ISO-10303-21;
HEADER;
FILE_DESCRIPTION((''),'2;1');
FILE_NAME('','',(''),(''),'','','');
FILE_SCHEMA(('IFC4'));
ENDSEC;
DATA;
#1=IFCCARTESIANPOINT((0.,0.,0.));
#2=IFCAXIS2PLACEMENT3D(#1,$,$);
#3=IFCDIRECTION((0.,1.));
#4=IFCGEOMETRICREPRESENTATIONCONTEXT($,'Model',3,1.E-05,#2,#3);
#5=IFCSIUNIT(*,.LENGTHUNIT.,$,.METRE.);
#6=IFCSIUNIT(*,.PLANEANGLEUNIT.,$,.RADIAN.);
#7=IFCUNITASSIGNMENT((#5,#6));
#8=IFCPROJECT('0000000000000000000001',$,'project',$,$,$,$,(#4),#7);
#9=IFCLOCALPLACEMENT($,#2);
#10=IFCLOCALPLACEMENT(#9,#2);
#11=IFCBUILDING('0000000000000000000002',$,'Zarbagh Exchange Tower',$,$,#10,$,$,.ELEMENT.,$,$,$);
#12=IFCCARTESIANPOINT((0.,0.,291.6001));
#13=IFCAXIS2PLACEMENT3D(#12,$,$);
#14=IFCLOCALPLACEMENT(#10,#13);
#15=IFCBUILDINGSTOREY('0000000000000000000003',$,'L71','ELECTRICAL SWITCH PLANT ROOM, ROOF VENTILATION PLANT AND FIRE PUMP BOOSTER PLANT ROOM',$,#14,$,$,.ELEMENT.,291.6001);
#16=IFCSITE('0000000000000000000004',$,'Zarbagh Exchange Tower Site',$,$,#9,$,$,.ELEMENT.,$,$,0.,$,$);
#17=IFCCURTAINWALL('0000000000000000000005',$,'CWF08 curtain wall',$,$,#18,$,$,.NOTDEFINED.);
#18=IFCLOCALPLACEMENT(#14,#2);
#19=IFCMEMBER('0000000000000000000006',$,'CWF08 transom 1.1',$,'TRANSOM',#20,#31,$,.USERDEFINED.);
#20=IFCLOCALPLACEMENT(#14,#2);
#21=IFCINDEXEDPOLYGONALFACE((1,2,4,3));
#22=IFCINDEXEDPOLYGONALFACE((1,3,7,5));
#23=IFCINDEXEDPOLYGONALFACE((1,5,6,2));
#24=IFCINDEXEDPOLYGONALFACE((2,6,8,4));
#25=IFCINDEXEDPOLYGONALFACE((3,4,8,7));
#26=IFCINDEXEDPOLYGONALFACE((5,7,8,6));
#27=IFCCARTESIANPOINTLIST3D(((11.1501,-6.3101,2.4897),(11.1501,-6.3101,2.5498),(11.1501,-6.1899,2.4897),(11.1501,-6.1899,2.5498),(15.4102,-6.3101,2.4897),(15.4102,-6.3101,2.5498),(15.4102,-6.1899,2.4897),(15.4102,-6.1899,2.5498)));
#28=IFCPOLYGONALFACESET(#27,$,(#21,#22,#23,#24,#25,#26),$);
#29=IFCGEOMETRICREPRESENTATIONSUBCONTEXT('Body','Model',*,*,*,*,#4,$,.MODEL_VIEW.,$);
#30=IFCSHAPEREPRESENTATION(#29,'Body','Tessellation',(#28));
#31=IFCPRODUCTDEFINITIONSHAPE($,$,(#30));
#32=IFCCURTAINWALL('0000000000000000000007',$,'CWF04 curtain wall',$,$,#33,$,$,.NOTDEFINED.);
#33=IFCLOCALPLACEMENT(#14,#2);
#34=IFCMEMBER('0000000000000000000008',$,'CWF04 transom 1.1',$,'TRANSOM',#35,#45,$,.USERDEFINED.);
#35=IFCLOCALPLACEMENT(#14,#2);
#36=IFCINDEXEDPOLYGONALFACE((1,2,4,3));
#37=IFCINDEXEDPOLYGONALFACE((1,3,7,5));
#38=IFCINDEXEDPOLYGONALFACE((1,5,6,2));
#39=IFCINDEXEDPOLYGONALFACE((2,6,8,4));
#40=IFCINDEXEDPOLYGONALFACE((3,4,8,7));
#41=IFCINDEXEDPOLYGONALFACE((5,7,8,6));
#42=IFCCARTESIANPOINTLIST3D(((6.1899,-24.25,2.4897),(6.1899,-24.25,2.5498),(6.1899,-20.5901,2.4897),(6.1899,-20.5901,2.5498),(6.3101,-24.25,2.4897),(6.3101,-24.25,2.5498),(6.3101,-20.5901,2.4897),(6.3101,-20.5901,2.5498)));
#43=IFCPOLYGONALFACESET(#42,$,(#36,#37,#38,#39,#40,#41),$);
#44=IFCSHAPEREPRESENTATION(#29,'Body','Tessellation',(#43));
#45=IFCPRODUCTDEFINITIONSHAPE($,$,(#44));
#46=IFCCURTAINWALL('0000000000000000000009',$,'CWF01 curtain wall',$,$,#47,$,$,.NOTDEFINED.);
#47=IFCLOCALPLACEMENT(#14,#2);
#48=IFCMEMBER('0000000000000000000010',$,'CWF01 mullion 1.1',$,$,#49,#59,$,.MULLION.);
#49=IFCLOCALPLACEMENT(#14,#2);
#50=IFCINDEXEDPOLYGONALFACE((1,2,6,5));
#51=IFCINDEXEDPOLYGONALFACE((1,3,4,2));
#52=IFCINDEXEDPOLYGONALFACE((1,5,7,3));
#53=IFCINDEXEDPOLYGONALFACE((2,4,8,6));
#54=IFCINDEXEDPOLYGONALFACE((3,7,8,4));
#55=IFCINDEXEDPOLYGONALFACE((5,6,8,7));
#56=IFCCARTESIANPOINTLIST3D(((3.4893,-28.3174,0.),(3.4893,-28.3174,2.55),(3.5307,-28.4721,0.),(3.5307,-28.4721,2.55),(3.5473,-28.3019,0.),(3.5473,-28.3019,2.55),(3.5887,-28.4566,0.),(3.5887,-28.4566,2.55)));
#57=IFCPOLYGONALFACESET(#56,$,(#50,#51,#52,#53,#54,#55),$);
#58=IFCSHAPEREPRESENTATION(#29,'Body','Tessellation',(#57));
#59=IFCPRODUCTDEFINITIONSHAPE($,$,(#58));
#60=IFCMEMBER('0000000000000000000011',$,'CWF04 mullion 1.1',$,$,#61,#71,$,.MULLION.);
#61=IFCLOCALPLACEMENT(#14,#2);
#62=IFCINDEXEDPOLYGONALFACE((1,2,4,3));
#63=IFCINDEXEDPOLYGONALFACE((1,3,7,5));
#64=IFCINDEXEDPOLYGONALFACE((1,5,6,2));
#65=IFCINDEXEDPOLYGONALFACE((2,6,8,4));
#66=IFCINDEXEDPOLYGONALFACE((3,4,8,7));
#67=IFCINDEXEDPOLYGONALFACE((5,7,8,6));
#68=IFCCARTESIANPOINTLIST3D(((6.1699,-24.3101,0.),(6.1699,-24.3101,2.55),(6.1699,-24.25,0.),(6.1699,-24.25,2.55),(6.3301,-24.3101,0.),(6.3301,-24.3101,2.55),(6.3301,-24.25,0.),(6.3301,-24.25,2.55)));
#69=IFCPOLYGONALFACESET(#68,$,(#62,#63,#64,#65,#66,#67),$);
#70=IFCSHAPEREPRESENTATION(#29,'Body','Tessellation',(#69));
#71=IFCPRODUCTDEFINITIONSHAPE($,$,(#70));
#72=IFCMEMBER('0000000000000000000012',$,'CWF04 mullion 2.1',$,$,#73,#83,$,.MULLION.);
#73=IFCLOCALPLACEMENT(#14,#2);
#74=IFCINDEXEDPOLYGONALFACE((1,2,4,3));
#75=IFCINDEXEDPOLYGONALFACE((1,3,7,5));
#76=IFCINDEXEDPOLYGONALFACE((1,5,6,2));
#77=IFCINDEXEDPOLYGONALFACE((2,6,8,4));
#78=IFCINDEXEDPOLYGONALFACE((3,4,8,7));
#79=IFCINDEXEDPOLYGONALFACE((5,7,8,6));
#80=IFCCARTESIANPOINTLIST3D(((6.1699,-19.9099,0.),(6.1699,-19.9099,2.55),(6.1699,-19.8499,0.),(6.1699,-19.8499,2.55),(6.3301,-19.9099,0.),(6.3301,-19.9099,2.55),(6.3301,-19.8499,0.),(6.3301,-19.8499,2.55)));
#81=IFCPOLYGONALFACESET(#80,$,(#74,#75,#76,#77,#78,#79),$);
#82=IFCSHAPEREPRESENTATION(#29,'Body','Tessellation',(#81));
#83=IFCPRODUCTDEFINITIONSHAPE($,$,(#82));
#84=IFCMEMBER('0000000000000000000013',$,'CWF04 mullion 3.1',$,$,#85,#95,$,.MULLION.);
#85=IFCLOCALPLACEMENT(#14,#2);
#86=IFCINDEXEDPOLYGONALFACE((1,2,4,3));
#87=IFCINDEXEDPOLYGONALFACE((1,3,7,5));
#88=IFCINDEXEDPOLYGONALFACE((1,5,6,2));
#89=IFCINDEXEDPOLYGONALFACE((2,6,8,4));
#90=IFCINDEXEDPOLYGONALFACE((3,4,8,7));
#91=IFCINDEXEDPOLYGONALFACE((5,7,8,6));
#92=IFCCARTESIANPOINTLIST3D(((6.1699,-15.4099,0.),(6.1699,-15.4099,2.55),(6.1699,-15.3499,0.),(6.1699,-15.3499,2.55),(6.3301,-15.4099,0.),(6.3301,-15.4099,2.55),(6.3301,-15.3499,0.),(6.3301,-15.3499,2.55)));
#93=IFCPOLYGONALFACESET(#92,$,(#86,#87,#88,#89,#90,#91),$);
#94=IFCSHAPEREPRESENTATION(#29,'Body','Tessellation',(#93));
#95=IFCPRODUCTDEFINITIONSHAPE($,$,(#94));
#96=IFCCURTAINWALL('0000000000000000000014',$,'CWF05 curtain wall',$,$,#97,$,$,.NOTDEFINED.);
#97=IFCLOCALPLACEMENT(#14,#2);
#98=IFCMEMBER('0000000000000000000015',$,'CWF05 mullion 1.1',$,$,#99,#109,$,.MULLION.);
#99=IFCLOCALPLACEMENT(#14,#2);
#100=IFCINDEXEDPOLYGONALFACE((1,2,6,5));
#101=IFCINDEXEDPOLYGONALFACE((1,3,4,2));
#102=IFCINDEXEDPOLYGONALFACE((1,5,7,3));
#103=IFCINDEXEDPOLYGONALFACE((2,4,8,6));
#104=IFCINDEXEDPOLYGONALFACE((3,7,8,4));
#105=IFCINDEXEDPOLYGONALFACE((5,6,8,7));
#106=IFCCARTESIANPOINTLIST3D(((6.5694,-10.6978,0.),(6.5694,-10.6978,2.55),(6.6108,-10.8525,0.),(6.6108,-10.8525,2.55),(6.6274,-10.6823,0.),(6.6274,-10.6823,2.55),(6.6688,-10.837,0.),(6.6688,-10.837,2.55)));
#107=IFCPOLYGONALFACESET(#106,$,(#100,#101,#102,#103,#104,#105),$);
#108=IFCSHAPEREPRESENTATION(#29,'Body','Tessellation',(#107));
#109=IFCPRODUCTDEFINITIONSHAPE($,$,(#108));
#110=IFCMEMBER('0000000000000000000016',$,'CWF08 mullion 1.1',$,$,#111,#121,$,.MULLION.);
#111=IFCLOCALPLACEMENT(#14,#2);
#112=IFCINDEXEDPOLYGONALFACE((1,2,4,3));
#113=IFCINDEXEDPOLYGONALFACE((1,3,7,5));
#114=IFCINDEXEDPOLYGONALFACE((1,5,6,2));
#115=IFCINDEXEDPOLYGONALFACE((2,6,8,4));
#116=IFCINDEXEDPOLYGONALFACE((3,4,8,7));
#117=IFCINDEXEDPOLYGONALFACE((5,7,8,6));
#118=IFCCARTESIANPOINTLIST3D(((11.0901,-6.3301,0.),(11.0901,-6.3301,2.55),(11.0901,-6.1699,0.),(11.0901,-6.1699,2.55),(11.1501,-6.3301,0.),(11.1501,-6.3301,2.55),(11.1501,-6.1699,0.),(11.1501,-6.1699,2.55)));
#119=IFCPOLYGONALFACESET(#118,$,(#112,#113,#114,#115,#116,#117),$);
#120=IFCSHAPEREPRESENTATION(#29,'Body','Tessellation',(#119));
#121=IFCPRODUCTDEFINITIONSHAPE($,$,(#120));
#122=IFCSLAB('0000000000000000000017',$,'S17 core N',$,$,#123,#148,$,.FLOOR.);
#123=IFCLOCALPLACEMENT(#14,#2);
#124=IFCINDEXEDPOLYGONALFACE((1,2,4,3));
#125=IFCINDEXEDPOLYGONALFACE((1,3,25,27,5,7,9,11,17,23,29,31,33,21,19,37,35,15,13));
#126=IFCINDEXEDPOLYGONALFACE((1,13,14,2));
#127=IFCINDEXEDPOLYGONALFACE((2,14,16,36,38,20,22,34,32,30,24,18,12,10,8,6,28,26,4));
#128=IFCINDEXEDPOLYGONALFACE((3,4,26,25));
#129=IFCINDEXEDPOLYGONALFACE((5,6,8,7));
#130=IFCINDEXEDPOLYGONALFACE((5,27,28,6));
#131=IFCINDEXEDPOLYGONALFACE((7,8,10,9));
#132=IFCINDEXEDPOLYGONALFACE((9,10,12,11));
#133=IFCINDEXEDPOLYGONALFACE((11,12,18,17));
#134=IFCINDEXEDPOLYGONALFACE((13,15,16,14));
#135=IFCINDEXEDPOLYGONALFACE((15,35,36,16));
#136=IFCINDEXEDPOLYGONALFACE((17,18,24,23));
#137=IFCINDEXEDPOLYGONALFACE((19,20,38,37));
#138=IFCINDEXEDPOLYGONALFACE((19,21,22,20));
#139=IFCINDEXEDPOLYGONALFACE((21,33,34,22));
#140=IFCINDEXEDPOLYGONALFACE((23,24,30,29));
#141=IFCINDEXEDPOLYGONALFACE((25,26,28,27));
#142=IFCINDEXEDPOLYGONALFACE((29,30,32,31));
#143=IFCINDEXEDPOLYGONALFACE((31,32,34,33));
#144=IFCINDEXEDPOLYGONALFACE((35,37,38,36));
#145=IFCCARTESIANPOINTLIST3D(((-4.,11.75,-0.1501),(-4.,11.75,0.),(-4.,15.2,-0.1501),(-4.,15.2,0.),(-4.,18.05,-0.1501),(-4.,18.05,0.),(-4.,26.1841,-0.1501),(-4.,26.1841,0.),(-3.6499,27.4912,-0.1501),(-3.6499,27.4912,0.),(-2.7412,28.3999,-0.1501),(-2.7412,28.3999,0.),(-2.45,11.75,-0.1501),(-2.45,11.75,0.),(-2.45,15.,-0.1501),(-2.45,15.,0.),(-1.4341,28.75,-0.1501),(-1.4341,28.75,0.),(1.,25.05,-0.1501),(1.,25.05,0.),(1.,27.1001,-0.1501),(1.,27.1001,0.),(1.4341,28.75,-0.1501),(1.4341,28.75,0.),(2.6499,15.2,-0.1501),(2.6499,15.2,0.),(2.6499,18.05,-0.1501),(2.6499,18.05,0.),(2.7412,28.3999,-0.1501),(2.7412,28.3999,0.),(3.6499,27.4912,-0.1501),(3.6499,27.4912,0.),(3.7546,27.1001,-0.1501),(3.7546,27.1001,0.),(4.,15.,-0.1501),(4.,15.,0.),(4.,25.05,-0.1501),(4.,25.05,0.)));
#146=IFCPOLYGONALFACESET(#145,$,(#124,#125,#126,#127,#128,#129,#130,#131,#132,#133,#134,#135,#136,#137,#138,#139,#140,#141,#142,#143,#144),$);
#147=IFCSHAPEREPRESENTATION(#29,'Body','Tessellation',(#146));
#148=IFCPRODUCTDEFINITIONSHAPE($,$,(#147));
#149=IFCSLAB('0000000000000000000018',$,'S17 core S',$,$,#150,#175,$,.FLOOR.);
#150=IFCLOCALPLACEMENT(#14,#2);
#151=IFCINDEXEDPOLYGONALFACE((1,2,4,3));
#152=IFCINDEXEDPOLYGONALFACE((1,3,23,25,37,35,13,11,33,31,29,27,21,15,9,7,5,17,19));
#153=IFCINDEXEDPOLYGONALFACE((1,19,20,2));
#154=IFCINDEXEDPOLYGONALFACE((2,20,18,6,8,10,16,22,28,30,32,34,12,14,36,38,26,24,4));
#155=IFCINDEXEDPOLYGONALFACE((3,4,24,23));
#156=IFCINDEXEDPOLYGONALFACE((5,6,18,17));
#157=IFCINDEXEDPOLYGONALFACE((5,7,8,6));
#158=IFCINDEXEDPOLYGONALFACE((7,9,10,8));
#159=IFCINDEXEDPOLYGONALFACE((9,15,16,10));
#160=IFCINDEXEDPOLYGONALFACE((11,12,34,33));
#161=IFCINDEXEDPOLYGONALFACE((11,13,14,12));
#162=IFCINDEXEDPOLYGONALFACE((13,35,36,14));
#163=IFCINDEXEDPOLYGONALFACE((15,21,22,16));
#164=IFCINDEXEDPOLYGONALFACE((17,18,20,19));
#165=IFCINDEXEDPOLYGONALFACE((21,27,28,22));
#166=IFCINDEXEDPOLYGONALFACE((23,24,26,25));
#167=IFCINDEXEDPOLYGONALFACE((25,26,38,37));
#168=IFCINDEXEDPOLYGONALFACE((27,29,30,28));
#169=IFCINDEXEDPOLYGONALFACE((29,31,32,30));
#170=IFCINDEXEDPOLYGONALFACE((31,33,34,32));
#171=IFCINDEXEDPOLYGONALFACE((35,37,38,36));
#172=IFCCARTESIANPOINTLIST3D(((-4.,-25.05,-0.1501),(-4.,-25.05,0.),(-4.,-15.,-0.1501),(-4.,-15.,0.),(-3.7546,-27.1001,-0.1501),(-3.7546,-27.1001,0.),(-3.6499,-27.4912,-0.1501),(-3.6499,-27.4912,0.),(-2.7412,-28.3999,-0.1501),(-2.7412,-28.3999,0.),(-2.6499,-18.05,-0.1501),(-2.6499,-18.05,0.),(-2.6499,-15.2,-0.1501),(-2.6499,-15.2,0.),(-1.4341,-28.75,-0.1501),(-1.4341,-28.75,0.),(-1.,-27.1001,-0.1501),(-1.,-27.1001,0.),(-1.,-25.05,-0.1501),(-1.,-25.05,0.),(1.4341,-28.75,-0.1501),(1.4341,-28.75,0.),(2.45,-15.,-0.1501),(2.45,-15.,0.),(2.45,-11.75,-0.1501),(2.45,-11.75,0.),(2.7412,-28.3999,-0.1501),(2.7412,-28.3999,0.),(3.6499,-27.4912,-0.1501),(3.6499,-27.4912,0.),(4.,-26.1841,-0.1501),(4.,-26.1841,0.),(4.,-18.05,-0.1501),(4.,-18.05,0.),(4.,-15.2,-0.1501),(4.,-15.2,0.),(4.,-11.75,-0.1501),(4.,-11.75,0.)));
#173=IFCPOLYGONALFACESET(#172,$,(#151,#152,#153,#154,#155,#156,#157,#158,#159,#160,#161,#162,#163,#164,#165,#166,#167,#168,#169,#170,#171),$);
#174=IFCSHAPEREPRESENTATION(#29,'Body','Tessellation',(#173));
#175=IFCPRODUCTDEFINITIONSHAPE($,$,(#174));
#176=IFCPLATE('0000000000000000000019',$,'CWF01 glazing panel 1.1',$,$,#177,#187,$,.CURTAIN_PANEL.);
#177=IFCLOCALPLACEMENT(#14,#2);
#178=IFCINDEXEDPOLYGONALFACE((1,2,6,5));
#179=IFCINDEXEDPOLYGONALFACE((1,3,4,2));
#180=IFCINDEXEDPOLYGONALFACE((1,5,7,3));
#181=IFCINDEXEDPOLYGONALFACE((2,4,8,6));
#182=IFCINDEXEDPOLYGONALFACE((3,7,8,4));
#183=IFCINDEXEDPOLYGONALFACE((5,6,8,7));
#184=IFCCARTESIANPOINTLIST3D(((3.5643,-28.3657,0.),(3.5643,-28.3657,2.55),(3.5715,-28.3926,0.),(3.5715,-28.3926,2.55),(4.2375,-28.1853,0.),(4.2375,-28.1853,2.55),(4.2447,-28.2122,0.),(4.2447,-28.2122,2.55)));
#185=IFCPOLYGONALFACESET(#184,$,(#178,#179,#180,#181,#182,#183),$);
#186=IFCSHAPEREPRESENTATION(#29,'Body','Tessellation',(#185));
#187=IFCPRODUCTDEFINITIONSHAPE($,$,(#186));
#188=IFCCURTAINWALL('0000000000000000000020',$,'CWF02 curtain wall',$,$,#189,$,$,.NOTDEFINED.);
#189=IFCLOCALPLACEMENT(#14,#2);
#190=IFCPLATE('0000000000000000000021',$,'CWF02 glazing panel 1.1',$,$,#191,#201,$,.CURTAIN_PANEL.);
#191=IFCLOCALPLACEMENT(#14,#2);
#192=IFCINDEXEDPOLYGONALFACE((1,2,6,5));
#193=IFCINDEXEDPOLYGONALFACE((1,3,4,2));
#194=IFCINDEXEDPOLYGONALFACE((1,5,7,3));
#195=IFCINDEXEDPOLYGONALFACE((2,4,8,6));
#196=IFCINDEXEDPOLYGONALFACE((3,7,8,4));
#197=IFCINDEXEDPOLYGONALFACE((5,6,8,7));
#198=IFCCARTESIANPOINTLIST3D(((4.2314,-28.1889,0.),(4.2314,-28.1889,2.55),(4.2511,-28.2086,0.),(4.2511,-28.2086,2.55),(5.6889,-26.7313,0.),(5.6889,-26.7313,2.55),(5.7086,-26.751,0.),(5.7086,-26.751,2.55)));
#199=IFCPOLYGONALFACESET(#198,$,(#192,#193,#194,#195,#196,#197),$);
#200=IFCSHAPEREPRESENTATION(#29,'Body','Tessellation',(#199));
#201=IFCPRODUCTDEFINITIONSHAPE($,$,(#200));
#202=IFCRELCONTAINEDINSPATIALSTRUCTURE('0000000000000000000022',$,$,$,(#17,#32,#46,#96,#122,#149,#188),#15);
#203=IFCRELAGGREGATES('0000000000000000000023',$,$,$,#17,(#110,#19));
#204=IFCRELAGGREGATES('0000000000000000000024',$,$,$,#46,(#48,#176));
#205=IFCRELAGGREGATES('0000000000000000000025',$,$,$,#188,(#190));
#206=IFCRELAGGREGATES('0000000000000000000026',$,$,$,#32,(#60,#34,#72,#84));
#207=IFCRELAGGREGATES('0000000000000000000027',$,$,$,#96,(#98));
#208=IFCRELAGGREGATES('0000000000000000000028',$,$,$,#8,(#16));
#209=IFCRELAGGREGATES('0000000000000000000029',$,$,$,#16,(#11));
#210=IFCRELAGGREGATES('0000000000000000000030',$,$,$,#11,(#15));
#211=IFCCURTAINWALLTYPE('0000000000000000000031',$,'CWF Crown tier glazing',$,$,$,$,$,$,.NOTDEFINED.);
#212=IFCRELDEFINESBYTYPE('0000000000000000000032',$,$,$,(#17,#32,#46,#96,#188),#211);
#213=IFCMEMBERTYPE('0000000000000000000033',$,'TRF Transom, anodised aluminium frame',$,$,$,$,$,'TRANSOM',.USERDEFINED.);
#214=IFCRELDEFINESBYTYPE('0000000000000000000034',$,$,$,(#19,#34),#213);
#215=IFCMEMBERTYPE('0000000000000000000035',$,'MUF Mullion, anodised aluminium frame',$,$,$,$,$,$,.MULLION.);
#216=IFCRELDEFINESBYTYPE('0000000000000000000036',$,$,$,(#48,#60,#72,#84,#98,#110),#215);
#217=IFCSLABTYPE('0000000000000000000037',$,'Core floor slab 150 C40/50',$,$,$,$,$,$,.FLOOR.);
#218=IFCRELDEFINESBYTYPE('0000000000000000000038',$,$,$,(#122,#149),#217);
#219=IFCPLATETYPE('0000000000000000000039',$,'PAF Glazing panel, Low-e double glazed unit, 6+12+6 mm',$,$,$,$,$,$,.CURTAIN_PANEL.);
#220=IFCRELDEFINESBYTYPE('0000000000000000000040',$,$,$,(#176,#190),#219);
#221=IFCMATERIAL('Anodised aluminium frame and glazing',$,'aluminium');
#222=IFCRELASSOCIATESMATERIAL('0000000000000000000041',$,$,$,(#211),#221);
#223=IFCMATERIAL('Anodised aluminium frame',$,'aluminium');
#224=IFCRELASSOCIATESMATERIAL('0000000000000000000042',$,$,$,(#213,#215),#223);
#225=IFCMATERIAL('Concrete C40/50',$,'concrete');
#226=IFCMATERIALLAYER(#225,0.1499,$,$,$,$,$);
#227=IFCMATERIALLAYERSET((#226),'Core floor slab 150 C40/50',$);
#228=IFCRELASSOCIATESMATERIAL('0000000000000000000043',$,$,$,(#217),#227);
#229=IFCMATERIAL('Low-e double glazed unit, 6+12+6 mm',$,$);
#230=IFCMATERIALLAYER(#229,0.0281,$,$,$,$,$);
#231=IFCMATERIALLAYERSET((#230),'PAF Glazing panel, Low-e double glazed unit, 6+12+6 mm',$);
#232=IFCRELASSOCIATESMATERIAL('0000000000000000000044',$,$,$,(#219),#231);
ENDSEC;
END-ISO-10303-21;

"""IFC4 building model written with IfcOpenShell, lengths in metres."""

from ifc_helpers import new_model, si_unit, direction, frame, origin, place, context, subcontext, project, spatial, polyline, outline, extrude, source, transform, mapped, material, layer, layer_set, type_object, element, aggregate, save


model = new_model("IFC4")

# Units and contexts
model_context = context("Model", 3, precision=1e-05, world=origin(), true_north=direction((0.0, 1.0)))
body_context = subcontext(model_context, "Body", "Model", "MODEL_VIEW")
ifc_project = project(units=[si_unit("LENGTHUNIT", "METRE"), si_unit("PLANEANGLEUNIT", "RADIAN")], contexts=[model_context])

# Site, building, storey
site_placement = place(None, origin())
site = spatial("IfcSite", under=ifc_project, at=site_placement, Name="Zarbagh Exchange Tower Site", CompositionType="ELEMENT", RefElevation=0.0)
building_placement = place(site_placement, origin())
building = spatial("IfcBuilding", under=site, at=building_placement, Name="Zarbagh Exchange Tower", CompositionType="ELEMENT")
storey_placement = place(building_placement, frame((0.0, 0.0, 291.6001)))
storey = spatial("IfcBuildingStorey", under=building, at=storey_placement, Name="L71", Description="ELECTRICAL SWITCH PLANT ROOM, ROOF VENTILATION PLANT AND FIRE PUMP BOOSTER PLANT ROOM", CompositionType="ELEMENT", Elevation=291.6001)

# Curtain walls, members
ifc_material_1 = material(Name="Anodised aluminium frame and glazing", Category="aluminium")
curtain_wall_type = type_object("IfcCurtainWallType", Name="CWF Crown tier glazing", PredefinedType="NOTDEFINED", material=ifc_material_1)
curtain_wall_1_placement = place(storey_placement, origin())
curtain_wall_1 = element("IfcCurtainWall", 1, at=curtain_wall_1_placement, inside=storey, type_object=curtain_wall_type, Name="CWF08 curtain wall", PredefinedType="NOTDEFINED")
ifc_material_2 = material(Name="Anodised aluminium frame", Category="aluminium")
member_type_1 = type_object("IfcMemberType", Name="TRF Transom, anodised aluminium frame", ElementType="TRANSOM", PredefinedType="USERDEFINED", material=ifc_material_2)
shared_shape_1 = source(origin(), body_context, "Body", "SweptSolid", [
    extrude(outline(polyline([(-0.0601, -0.0601), (0.0, -0.0601), (0.0, 0.0601), (-0.0601, 0.0601), (-0.0601, -0.0601)])), origin(), (0.0, 0.0, 1.0), 4.26),
])
placement = place(storey_placement, origin())
member_1 = element("IfcMember", 2, at=placement, type_object=member_type_1, Name="CWF08 transom 1.1", ObjectType="TRANSOM", PredefinedType="USERDEFINED", context=body_context, shape_type="MappedRepresentation", body=[
    mapped(shared_shape_1, transform((11.1501, -6.25, 2.5498), x_axis=(0.0, 0.0, 1.0), y_axis=(0.0, -1.0, 0.0), z_axis=(1.0, 0.0, 0.0))),
])
curtain_wall_2_placement = place(storey_placement, origin())
curtain_wall_2 = element("IfcCurtainWall", 3, at=curtain_wall_2_placement, inside=storey, type_object=curtain_wall_type, Name="CWF04 curtain wall", PredefinedType="NOTDEFINED")
shared_shape_2 = source(origin(), body_context, "Body", "SweptSolid", [
    extrude(outline(polyline([(-0.0601, -0.0601), (0.0, -0.0601), (0.0, 0.0601), (-0.0601, 0.0601), (-0.0601, -0.0601)])), origin(), (0.0, 0.0, 1.0), 3.6599),
])
member_2 = element("IfcMember", 4, at=placement, type_object=member_type_1, Name="CWF04 transom 1.1", ObjectType="TRANSOM", PredefinedType="USERDEFINED", context=body_context, shape_type="MappedRepresentation", body=[
    mapped(shared_shape_2, transform((6.25, -24.25, 2.5498), x_axis=(0.0, 0.0, 1.0), y_axis=(1.0, 0.0, 0.0), z_axis=(0.0, 1.0, 0.0))),
])
curtain_wall_3_placement = place(storey_placement, origin())
curtain_wall_3 = element("IfcCurtainWall", 5, at=curtain_wall_3_placement, inside=storey, type_object=curtain_wall_type, Name="CWF01 curtain wall", PredefinedType="NOTDEFINED")
member_type_2 = type_object("IfcMemberType", Name="MUF Mullion, anodised aluminium frame", PredefinedType="MULLION", material=ifc_material_2)
shared_shape_3 = source(origin(), body_context, "Body", "SweptSolid", [
    extrude(outline(polyline([(0.0, -0.0801), (0.0601, -0.0801), (0.0601, 0.0801), (0.0, 0.0801), (0.0, -0.0801)])), origin(), (0.0, 0.0, 1.0), 2.55),
])
member_3 = element("IfcMember", 6, at=placement, type_object=member_type_2, Name="CWF01 mullion 1.1", PredefinedType="MULLION", context=body_context, shape_type="MappedRepresentation", body=[
    mapped(shared_shape_3, transform((3.51, -28.3948, 0.0), x_axis=(0.965924, 0.258825, 0.0), y_axis=(-0.258825, 0.965924, 0.0), z_axis=(0.0, 0.0, 1.0))),
])

# Members
member_4 = element("IfcMember", 7, at=placement, type_object=member_type_2, Name="CWF04 mullion 1.1", PredefinedType="MULLION", context=body_context, shape_type="MappedRepresentation", body=[
    mapped(shared_shape_3, transform((6.25, -24.3101, 0.0), x_axis=(0.0, 1.0, 0.0), y_axis=(-1.0, 0.0, 0.0), z_axis=(0.0, 0.0, 1.0))),
])
member_5 = element("IfcMember", 8, at=placement, type_object=member_type_2, Name="CWF04 mullion 2.1", PredefinedType="MULLION", context=body_context, shape_type="MappedRepresentation", body=[
    mapped(shared_shape_3, transform((6.25, -19.9099, 0.0), x_axis=(0.0, 1.0, 0.0), y_axis=(-1.0, 0.0, 0.0), z_axis=(0.0, 0.0, 1.0))),
])
member_6 = element("IfcMember", 9, at=placement, type_object=member_type_2, Name="CWF04 mullion 3.1", PredefinedType="MULLION", context=body_context, shape_type="MappedRepresentation", body=[
    mapped(shared_shape_3, transform((6.25, -15.4099, 0.0), x_axis=(0.0, 1.0, 0.0), y_axis=(-1.0, 0.0, 0.0), z_axis=(0.0, 0.0, 1.0))),
])

# Curtain wall, member
curtain_wall_4_placement = place(storey_placement, origin())
curtain_wall_4 = element("IfcCurtainWall", 10, at=curtain_wall_4_placement, inside=storey, type_object=curtain_wall_type, Name="CWF05 curtain wall", PredefinedType="NOTDEFINED")
member_7 = element("IfcMember", 11, at=placement, type_object=member_type_2, Name="CWF05 mullion 1.1", PredefinedType="MULLION", context=body_context, shape_type="MappedRepresentation", body=[
    mapped(shared_shape_3, transform((6.5901, -10.7751, 0.0), x_axis=(0.965924, 0.258825, 0.0), y_axis=(-0.258825, 0.965924, 0.0), z_axis=(0.0, 0.0, 1.0))),
])

# Member
member_8 = element("IfcMember", 12, at=placement, type_object=member_type_2, Name="CWF08 mullion 1.1", PredefinedType="MULLION", context=body_context, shape_type="MappedRepresentation", body=[
    mapped(shared_shape_3, transform((11.0901, -6.25, 0.0), x_axis=(1.0, 0.0, 0.0), y_axis=(0.0, 1.0, 0.0), z_axis=(0.0, 0.0, 1.0))),
])
aggregate(curtain_wall_1, [member_8, member_1])

# Slabs
ifc_material_3 = material(Name="Concrete C40/50", Category="concrete")
ifc_layer_1 = layer(ifc_material_3, 0.1499)
ifc_layer_set_1 = layer_set([ifc_layer_1], Name="Core floor slab 150 C40/50")
slab_type = type_object("IfcSlabType", Name="Core floor slab 150 C40/50", PredefinedType="FLOOR", material=ifc_layer_set_1)
slab_1_placement = place(storey_placement, frame((0.0, 0.0, -0.1501)))
element("IfcSlab", 13, at=slab_1_placement, inside=storey, type_object=slab_type, Name="S17 core N", PredefinedType="FLOOR", context=body_context, shape_type="SweptSolid", body=[
    extrude(outline(polyline([(-4.0, 11.75), (-4.0, 15.2), (2.6499, 15.2), (2.6499, 18.05), (-4.0, 18.05), (-4.0, 26.1841), (-3.6499, 27.4912), (-2.7412, 28.3999), (-1.4341, 28.75), (1.4341, 28.75), (2.7412, 28.3999), (3.6499, 27.4912), (3.8577, 26.7151), (3.7546, 27.1001), (1.0, 27.1001), (1.0, 25.05), (4.0, 25.05), (4.0, 15.0), (-2.45, 15.0), (-2.45, 11.75), (-4.0, 11.75)])), origin(), (0.0, 0.0, 1.0), 0.1501),
])
slab_2_placement = place(storey_placement, frame((0.0, 0.0, -0.1501)))
element("IfcSlab", 14, at=slab_2_placement, inside=storey, type_object=slab_type, Name="S17 core S", PredefinedType="FLOOR", context=body_context, shape_type="SweptSolid", body=[
    extrude(outline(polyline([(-2.7412, -28.3999), (-3.6499, -27.4912), (-3.8577, -26.7151), (-3.7546, -27.1001), (-1.0, -27.1001), (-1.0, -25.05), (-4.0, -25.05), (-4.0, -15.0), (2.45, -15.0), (2.45, -11.75), (4.0, -11.75), (4.0, -15.2), (-2.6499, -15.2), (-2.6499, -18.05), (4.0, -18.05), (4.0, -26.1841), (3.6499, -27.4912), (2.7412, -28.3999), (1.4341, -28.75), (-1.4341, -28.75), (-2.7412, -28.3999)])), origin(), (0.0, 0.0, 1.0), 0.1501),
])

# Plate
ifc_material_4 = material(Name="Low-e double glazed unit, 6+12+6 mm")
ifc_layer_2 = layer(ifc_material_4, 0.0281)
ifc_layer_set_2 = layer_set([ifc_layer_2], Name="PAF Glazing panel, Low-e double glazed unit, 6+12+6 mm")
plate_type = type_object("IfcPlateType", Name="PAF Glazing panel, Low-e double glazed unit, 6+12+6 mm", PredefinedType="CURTAIN_PANEL", material=ifc_layer_set_2)
shared_shape_4 = source(origin(), body_context, "Body", "SweptSolid", [
    extrude(outline(polyline([(0.0, -0.0139), (0.697, -0.0139), (0.697, 0.0139), (0.0, 0.0139), (0.0, -0.0139)])), origin(), (0.0, 0.0, 1.0), 2.55),
])
plate_1 = element("IfcPlate", 15, at=placement, type_object=plate_type, Name="CWF01 glazing panel 1.1", PredefinedType="CURTAIN_PANEL", context=body_context, shape_type="MappedRepresentation", body=[
    mapped(shared_shape_4, transform((3.5679, -28.3792, 0.0), x_axis=(0.965924, 0.258825, 0.0), y_axis=(-0.258825, 0.965924, 0.0), z_axis=(0.0, 0.0, 1.0))),
])
aggregate(curtain_wall_3, [member_3, plate_1])

# Curtain wall, plate
curtain_wall_5_placement = place(storey_placement, origin())
curtain_wall_5 = element("IfcCurtainWall", 16, at=curtain_wall_5_placement, inside=storey, type_object=curtain_wall_type, Name="CWF02 curtain wall", PredefinedType="NOTDEFINED")
shared_shape_5 = source(origin(), body_context, "Body", "SweptSolid", [
    extrude(outline(polyline([(0.0, -0.0139), (2.0613, -0.0139), (2.0613, 0.0139), (0.0, 0.0139), (0.0, -0.0139)])), origin(), (0.0, 0.0, 1.0), 2.55),
])
plate_2 = element("IfcPlate", 17, at=placement, type_object=plate_type, Name="CWF02 glazing panel 1.1", PredefinedType="CURTAIN_PANEL", context=body_context, shape_type="MappedRepresentation", body=[
    mapped(shared_shape_5, transform((4.2412, -28.1987, 0.0), x_axis=(0.707107, 0.707107, 0.0), y_axis=(-0.707107, 0.707107, 0.0), z_axis=(0.0, 0.0, 1.0))),
])
aggregate(curtain_wall_5, [plate_2])

aggregate(curtain_wall_2, [member_4, member_2, member_5, member_6])
aggregate(curtain_wall_4, [member_7])

save(model, "model.ifc")
